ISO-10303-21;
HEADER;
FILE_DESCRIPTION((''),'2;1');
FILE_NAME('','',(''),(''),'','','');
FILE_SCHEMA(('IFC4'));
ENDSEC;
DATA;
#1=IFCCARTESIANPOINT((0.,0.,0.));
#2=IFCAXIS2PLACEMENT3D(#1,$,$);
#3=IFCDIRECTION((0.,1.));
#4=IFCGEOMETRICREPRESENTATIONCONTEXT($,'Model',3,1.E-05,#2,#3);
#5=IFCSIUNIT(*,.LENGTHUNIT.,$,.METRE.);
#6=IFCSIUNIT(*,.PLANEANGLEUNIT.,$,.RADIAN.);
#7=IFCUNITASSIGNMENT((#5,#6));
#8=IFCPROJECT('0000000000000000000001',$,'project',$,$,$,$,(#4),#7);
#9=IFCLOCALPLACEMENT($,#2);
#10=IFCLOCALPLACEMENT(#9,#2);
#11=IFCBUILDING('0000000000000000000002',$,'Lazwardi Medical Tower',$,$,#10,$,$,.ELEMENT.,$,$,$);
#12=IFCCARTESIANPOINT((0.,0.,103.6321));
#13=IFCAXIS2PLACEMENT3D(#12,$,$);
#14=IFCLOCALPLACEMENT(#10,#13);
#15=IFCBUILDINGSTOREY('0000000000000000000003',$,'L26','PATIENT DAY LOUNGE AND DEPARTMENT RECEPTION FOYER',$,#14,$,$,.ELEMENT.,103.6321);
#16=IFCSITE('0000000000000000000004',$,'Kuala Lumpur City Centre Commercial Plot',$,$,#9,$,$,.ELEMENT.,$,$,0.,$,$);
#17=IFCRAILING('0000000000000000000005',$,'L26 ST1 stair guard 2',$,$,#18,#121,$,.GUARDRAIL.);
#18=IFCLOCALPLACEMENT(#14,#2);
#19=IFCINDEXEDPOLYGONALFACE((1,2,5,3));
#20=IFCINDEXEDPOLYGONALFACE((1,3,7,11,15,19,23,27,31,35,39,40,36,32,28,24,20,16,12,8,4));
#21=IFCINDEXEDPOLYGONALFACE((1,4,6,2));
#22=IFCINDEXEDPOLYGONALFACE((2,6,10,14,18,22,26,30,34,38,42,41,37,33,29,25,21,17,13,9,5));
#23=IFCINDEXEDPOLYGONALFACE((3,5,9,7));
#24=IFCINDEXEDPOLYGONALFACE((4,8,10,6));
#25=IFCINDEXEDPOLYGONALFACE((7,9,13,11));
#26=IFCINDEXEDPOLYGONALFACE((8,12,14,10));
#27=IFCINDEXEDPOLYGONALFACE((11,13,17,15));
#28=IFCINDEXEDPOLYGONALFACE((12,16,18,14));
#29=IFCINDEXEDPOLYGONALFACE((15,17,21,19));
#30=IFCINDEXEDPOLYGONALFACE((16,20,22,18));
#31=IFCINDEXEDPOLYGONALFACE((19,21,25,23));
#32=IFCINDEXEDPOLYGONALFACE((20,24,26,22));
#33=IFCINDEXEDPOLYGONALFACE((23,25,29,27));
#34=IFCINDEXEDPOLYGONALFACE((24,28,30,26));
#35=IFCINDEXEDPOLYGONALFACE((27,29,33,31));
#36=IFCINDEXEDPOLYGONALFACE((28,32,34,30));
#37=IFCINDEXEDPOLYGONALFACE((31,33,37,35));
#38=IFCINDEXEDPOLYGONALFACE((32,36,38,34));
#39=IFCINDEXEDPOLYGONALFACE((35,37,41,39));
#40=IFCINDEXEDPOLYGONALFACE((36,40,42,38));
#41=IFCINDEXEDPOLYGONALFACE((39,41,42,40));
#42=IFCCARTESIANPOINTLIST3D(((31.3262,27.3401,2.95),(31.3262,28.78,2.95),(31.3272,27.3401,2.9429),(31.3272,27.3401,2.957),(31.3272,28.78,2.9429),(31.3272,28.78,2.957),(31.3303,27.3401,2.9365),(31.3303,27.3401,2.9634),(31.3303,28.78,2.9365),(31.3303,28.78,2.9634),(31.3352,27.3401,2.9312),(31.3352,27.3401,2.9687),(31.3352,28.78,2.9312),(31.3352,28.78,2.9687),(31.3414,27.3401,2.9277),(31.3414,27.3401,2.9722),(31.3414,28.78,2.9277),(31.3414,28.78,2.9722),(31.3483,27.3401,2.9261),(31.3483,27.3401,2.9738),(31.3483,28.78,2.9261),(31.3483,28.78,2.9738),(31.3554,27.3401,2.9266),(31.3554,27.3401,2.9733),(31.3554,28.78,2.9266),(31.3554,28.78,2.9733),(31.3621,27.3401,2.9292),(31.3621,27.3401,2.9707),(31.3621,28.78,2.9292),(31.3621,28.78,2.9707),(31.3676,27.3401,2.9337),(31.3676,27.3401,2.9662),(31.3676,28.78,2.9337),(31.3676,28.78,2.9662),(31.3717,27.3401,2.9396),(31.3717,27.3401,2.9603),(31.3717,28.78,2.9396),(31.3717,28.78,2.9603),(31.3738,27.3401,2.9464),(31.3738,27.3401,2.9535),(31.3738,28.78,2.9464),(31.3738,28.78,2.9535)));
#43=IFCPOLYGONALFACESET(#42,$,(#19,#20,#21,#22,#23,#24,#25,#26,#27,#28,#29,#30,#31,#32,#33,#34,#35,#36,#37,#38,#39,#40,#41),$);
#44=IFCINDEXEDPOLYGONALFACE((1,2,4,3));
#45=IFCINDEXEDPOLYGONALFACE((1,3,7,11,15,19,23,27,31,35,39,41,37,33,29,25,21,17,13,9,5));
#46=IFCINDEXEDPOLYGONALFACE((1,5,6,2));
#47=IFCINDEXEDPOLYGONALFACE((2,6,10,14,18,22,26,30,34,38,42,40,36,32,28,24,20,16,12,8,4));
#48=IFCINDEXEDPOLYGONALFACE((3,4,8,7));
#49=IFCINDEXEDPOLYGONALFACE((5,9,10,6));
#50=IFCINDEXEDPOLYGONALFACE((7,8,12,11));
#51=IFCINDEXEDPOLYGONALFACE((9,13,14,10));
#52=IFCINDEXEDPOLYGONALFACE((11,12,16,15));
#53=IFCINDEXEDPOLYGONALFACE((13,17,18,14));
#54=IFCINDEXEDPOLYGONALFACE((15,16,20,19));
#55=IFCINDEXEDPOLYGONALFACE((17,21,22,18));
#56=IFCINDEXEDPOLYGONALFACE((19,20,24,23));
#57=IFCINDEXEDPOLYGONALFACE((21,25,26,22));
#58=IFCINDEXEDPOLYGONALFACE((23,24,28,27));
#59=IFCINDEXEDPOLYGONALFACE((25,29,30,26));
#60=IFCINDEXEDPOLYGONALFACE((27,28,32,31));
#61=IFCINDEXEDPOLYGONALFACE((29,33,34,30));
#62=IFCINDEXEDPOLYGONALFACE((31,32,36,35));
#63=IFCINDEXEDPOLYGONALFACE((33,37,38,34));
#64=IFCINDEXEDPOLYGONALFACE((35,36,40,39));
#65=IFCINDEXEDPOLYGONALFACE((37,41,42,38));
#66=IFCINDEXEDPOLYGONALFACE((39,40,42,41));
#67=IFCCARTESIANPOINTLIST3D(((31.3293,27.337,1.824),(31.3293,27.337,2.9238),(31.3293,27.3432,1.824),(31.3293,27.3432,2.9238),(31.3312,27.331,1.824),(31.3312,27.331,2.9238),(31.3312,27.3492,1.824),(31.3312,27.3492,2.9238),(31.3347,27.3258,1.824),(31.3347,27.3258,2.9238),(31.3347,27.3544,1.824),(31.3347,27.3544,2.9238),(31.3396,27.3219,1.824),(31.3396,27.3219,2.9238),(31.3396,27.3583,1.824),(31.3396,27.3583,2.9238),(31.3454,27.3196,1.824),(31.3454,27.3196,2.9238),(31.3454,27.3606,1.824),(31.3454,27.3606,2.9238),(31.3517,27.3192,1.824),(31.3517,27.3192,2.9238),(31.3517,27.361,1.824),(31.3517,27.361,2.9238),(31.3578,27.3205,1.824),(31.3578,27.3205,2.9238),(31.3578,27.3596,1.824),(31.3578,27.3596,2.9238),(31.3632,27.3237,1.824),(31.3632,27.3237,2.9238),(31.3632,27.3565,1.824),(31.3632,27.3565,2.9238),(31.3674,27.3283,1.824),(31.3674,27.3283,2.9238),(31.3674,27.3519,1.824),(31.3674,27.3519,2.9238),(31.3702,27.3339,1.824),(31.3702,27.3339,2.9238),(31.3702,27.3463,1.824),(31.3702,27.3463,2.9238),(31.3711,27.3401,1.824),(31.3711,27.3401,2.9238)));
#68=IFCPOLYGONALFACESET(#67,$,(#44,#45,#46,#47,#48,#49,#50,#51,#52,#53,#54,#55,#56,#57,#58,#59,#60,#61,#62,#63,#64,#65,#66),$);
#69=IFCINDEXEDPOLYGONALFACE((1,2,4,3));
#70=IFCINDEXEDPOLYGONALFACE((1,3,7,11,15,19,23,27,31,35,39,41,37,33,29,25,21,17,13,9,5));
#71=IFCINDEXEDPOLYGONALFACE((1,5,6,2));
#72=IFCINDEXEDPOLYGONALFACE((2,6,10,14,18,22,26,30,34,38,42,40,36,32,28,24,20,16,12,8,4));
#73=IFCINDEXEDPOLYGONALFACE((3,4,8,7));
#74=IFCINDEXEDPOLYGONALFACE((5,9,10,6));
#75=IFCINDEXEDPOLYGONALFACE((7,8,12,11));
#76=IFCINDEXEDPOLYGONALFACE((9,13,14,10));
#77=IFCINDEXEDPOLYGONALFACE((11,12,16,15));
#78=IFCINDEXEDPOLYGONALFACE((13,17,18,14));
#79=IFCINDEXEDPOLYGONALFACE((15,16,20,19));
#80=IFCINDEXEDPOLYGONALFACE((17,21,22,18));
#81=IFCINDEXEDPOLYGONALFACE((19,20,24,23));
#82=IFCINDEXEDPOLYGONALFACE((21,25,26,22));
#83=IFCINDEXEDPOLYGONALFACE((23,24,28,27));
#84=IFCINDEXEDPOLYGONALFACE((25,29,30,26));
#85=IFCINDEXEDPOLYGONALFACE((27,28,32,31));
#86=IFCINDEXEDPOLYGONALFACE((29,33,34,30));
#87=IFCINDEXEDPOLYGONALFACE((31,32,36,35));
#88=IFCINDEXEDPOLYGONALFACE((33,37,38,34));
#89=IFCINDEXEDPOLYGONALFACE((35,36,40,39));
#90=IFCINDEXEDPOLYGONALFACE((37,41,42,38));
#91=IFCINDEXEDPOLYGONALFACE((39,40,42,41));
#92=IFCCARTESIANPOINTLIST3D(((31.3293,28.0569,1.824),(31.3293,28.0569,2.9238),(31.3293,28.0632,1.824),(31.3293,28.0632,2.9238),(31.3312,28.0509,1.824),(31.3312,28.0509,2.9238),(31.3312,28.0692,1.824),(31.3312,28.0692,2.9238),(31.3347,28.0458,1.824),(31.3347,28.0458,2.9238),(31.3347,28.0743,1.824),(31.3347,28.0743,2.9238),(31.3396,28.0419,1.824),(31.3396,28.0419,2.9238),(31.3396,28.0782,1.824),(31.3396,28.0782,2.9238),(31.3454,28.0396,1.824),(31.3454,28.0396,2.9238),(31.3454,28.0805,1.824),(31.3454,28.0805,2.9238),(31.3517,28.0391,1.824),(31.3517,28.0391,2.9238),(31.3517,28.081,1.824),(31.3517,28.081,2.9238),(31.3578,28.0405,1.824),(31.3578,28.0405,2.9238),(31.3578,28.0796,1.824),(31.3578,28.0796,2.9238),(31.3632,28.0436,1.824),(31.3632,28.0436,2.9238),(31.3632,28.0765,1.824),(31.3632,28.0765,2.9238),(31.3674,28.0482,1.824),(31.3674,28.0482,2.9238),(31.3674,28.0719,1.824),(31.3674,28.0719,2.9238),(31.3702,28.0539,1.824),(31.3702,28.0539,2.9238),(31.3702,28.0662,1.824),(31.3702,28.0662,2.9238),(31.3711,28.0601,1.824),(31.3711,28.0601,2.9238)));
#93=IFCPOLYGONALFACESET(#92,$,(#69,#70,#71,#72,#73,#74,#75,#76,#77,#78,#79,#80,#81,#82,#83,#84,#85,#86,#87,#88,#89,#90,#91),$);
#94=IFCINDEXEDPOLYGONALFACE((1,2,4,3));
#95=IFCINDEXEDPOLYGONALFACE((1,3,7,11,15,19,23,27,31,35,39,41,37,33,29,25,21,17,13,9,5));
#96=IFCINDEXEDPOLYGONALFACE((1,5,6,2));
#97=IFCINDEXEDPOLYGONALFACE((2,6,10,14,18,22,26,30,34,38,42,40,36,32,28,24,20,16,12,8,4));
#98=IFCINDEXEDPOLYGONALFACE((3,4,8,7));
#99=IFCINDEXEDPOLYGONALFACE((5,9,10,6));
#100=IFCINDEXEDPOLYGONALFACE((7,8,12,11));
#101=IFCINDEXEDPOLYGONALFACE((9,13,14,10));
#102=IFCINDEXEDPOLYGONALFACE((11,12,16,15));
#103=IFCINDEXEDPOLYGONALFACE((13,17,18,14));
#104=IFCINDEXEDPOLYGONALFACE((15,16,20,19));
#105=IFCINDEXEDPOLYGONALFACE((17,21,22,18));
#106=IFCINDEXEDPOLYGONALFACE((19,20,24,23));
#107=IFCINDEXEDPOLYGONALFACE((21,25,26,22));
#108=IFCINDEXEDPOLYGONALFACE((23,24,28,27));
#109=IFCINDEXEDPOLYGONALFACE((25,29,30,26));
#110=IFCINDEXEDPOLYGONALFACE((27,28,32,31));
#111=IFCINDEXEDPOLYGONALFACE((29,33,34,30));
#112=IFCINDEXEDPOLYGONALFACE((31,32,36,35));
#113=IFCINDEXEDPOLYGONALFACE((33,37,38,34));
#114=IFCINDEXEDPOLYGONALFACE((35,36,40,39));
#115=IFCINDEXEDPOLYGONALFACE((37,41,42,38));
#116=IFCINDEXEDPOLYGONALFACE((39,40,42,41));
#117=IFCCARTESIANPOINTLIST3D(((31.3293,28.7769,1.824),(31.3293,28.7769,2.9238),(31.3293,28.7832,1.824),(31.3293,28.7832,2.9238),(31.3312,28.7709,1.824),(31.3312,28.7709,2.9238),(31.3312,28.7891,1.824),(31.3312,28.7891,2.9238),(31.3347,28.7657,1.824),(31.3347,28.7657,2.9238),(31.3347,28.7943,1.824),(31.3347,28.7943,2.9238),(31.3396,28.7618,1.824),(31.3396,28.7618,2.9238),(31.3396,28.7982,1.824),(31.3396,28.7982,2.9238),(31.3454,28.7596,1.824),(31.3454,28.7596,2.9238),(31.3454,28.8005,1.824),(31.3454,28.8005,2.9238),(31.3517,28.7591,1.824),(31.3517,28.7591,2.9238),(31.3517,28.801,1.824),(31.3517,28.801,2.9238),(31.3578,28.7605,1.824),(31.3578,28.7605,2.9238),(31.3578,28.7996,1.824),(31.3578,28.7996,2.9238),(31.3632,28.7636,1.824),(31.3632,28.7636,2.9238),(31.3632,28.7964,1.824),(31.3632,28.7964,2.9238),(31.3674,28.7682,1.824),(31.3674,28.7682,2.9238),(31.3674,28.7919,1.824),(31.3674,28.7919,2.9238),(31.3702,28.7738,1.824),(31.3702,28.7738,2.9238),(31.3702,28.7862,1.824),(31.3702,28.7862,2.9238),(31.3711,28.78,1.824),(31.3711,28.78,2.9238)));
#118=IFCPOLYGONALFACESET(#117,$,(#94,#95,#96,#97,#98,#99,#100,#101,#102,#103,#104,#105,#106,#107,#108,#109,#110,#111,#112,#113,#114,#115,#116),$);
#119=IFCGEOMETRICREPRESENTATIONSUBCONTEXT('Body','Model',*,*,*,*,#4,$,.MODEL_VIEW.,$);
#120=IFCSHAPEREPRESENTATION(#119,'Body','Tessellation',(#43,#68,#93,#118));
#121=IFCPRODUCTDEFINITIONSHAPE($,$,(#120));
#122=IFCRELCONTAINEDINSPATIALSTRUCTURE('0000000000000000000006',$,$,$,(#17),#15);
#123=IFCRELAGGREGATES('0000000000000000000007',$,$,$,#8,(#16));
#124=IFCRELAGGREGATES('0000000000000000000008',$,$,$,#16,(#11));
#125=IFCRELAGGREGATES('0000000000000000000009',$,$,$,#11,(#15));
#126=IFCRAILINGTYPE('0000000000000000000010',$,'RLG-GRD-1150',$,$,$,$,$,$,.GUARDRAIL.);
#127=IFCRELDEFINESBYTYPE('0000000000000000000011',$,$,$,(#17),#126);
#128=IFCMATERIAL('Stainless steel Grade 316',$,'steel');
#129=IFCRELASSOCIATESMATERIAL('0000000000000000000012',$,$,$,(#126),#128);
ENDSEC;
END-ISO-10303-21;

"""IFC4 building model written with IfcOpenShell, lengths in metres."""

from ifc_helpers import new_model, si_unit, direction, frame, origin, origin_2d, place, context, subcontext, project, spatial, circle, extrude, material, type_object, element, save


model = new_model("IFC4")

# Units and contexts
model_context = context("Model", 3, precision=1e-05, world=origin(), true_north=direction((0.0, 1.0)))
body_context = subcontext(model_context, "Body", "Model", "MODEL_VIEW")
ifc_project = project(units=[si_unit("LENGTHUNIT", "METRE"), si_unit("PLANEANGLEUNIT", "RADIAN")], contexts=[model_context])

# Site, building, storey
site_placement = place(None, origin())
site = spatial("IfcSite", under=ifc_project, at=site_placement, Name="Kuala Lumpur City Centre Commercial Plot", CompositionType="ELEMENT", RefElevation=0.0)
building_placement = place(site_placement, origin())
building = spatial("IfcBuilding", under=site, at=building_placement, Name="Lazwardi Medical Tower", CompositionType="ELEMENT")
storey_placement = place(building_placement, frame((0.0, 0.0, 103.6321)))
storey = spatial("IfcBuildingStorey", under=building, at=storey_placement, Name="L26", Description="PATIENT DAY LOUNGE AND DEPARTMENT RECEPTION FOYER", CompositionType="ELEMENT", Elevation=103.6321)

# Railing
ifc_material_1 = material(Name="Stainless steel Grade 316", Category="steel")
railing_type_1 = type_object("IfcRailingType", Name="RLG-GRD-1150", PredefinedType="GUARDRAIL", material=ifc_material_1)
railing_1_placement = place(storey_placement, frame((31.3501, 27.3401, 1.824)))
element("IfcRailing", 1, at=railing_1_placement, inside=storey, type_object=railing_type_1, Name="L26 ST1 stair guard 2", PredefinedType="GUARDRAIL", context=body_context, shape_type="SweptSolid", body=[
    extrude(circle(Radius=0.0239, at=origin_2d()), frame((0.0, 0.0, 1.126), z_axis=(0.0, 1.0, 0.0), x_axis=(-1.0, 0.0, 0.0)), (0.0, 0.0, 1.0), 1.4399),
    extrude(circle(Radius=0.021, at=origin_2d()), origin(), (0.0, 0.0, 1.0), 1.0999),
    extrude(circle(Radius=0.021, at=origin_2d()), frame((0.0, 0.72, 0.0)), (0.0, 0.0, 1.0), 1.0999),
    extrude(circle(Radius=0.021, at=origin_2d()), frame((0.0, 1.4399, 0.0)), (0.0, 0.0, 1.0), 1.0999),
])

save(model, "model.ifc")
